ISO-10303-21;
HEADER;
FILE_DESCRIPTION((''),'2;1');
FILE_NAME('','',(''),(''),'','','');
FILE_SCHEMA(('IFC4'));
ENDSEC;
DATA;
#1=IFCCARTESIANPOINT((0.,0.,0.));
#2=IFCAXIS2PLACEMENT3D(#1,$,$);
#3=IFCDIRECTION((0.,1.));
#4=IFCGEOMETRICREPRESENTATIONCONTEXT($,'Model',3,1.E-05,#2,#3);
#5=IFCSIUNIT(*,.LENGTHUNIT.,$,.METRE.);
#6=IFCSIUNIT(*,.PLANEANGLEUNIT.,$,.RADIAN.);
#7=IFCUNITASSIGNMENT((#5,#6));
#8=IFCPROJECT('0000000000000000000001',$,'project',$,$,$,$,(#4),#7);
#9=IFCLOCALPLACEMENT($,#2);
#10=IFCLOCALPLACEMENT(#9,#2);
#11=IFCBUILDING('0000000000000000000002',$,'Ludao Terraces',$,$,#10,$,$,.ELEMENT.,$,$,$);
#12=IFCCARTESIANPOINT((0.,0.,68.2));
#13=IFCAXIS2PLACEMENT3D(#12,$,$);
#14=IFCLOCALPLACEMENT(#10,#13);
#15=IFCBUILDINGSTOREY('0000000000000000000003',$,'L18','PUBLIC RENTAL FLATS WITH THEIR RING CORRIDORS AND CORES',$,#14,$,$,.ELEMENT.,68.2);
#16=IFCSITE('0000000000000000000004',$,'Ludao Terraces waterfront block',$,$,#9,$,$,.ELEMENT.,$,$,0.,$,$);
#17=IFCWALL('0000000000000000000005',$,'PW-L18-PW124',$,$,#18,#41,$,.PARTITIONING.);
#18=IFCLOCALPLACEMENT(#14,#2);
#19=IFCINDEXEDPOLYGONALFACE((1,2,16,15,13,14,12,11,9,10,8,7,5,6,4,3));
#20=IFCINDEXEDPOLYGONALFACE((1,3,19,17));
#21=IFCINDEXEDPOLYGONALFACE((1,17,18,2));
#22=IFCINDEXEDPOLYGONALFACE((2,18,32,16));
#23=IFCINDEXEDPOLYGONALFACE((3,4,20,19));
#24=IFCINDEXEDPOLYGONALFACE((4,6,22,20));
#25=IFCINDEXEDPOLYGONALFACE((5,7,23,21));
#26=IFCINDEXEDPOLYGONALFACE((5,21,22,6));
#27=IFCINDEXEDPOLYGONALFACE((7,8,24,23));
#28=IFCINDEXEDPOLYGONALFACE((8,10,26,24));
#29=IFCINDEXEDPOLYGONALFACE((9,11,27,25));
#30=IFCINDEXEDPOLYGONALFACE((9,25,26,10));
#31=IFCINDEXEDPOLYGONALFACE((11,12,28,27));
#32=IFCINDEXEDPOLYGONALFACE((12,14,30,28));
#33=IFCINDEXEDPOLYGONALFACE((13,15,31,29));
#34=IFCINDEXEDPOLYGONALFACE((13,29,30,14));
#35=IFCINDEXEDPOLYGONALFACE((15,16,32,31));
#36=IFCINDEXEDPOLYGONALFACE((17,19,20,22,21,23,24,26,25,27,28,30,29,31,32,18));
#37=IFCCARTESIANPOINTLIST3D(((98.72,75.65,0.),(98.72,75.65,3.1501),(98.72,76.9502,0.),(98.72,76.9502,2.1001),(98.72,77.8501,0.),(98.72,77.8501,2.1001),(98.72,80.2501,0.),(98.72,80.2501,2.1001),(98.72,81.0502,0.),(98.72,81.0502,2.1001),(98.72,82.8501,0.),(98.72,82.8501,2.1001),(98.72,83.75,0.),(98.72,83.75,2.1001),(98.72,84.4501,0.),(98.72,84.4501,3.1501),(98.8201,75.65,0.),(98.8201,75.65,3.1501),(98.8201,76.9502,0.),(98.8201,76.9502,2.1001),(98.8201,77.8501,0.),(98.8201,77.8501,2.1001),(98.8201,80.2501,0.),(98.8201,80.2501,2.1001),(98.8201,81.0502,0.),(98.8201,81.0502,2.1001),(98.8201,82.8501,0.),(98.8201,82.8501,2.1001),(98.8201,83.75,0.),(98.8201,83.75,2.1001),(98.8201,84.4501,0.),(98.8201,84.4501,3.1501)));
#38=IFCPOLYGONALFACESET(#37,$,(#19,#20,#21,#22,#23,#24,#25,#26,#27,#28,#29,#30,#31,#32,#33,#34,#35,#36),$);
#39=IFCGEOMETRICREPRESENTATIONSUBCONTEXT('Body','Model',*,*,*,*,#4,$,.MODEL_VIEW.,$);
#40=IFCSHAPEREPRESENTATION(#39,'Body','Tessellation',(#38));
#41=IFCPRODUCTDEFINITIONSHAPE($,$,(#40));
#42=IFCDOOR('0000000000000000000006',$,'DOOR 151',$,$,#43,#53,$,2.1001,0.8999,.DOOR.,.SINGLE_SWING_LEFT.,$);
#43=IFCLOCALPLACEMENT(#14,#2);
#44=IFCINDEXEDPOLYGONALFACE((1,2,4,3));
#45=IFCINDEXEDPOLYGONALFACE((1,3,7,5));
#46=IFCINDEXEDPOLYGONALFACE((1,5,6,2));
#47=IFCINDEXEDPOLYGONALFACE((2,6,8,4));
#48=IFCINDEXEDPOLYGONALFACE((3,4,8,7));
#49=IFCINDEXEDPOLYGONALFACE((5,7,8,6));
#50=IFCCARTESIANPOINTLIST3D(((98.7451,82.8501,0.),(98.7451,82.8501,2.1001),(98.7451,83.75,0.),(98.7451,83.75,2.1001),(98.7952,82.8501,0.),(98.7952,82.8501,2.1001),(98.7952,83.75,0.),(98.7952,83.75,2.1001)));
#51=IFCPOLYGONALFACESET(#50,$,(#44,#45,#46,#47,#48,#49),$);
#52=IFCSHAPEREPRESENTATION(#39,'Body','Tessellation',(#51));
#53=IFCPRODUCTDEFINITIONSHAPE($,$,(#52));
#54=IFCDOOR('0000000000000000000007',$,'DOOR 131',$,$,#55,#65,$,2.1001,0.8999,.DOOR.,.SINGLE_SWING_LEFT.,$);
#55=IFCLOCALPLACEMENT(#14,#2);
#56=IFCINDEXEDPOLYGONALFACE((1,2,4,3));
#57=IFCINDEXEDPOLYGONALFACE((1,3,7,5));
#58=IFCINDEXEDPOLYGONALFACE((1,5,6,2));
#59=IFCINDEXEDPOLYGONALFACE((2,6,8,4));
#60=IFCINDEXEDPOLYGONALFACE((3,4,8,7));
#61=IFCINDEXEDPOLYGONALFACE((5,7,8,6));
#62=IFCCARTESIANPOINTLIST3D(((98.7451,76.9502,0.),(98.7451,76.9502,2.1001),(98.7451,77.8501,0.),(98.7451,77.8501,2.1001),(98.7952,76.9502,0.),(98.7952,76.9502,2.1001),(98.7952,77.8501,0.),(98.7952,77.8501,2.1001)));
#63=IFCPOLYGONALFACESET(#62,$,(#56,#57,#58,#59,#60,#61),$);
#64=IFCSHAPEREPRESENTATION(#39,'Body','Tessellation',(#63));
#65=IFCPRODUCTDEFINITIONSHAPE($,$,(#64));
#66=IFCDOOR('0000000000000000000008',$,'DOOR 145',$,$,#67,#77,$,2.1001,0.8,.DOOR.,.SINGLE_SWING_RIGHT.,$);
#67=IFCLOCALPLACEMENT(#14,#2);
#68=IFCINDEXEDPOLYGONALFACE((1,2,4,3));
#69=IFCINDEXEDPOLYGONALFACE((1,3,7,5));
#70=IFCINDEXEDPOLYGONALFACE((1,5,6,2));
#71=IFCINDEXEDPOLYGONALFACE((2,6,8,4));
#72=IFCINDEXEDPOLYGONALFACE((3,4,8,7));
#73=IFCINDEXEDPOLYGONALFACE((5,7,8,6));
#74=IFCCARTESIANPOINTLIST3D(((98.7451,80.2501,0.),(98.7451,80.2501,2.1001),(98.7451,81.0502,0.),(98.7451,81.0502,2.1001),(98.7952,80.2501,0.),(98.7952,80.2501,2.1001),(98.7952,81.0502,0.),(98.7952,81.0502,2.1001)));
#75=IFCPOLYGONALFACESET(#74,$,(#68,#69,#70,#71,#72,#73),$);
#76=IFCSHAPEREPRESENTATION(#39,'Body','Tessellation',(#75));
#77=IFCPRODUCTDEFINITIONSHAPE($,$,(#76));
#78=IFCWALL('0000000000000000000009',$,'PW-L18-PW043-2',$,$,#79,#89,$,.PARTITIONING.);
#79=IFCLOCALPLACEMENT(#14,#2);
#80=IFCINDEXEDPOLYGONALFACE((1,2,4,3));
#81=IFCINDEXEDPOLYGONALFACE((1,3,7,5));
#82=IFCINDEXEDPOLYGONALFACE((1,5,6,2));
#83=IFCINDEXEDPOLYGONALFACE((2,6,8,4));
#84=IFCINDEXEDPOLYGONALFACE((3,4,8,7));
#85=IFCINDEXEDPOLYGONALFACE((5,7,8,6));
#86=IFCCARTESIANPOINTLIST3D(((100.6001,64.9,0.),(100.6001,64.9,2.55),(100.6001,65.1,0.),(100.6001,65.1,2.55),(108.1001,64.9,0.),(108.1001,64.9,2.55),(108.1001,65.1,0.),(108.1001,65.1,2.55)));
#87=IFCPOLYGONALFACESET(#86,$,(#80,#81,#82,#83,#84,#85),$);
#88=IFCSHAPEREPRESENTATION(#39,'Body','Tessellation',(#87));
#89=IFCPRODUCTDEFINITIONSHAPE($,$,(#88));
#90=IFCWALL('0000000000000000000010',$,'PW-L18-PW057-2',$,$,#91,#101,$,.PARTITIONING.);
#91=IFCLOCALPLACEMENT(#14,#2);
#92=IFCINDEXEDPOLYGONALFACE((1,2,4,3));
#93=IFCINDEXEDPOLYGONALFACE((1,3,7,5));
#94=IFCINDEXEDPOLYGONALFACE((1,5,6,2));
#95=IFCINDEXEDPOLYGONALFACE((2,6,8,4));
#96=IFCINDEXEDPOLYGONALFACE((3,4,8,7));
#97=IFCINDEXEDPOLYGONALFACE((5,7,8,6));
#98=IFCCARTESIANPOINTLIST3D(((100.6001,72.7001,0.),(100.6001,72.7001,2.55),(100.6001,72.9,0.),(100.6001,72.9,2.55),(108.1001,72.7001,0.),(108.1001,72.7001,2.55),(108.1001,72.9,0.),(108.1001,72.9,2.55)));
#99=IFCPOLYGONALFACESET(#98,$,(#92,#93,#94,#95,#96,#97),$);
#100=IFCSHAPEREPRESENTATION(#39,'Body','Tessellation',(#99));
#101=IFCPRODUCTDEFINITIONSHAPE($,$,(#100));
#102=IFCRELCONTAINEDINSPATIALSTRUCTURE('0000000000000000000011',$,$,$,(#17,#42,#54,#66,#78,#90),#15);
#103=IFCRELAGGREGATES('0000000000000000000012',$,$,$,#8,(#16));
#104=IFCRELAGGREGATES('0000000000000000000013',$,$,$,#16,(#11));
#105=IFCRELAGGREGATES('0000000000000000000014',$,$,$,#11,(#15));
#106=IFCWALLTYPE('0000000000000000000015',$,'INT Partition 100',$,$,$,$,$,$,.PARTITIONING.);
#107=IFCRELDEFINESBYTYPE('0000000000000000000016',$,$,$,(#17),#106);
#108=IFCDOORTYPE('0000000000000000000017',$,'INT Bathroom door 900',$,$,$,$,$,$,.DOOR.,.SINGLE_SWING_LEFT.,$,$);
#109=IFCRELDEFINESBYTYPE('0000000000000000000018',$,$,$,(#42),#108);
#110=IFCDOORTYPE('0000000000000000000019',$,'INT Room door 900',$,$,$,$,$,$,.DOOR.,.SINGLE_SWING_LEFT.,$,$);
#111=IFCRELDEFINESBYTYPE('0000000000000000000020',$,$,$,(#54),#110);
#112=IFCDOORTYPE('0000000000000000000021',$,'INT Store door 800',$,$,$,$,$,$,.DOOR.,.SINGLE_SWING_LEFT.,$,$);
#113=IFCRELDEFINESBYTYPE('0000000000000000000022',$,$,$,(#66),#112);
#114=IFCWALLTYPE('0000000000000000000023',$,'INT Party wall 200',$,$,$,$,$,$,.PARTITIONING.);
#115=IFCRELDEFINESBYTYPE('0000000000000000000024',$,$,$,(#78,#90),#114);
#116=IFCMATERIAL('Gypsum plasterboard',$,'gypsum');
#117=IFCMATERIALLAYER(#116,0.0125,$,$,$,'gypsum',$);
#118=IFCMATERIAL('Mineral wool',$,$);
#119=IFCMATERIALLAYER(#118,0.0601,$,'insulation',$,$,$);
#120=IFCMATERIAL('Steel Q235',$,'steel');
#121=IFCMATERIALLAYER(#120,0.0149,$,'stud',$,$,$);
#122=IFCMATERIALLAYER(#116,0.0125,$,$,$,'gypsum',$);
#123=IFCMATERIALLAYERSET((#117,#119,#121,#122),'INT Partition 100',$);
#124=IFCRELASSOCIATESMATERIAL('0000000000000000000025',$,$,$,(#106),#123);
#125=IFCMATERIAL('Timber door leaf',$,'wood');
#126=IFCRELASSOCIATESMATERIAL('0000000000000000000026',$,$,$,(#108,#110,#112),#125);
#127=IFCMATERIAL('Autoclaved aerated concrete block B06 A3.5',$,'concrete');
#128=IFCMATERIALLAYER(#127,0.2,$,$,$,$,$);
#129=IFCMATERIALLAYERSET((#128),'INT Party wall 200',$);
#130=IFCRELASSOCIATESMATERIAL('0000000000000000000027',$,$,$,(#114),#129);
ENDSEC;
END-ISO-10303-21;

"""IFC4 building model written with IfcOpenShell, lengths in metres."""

from ifc_helpers import new_model, si_unit, direction, frame, frame_2d, origin, place, context, subcontext, project, spatial, rectangle, extrude, material, layer, layer_set, type_object, element, fill, save


model = new_model("IFC4")

# Units and contexts
model_context = context("Model", 3, precision=1e-05, world=origin(), true_north=direction((0.0, 1.0)))
body_context = subcontext(model_context, "Body", "Model", "MODEL_VIEW")
ifc_project = project(units=[si_unit("LENGTHUNIT", "METRE"), si_unit("PLANEANGLEUNIT", "RADIAN")], contexts=[model_context])

# Site, building, storey
site_placement = place(None, origin())
site = spatial("IfcSite", under=ifc_project, at=site_placement, Name="Ludao Terraces waterfront block", CompositionType="ELEMENT", RefElevation=0.0)
building_placement = place(site_placement, origin())
building = spatial("IfcBuilding", under=site, at=building_placement, Name="Ludao Terraces", CompositionType="ELEMENT")
storey_placement = place(building_placement, frame((0.0, 0.0, 68.2)))
storey = spatial("IfcBuildingStorey", under=building, at=storey_placement, Name="L18", Description="PUBLIC RENTAL FLATS WITH THEIR RING CORRIDORS AND CORES", CompositionType="ELEMENT", Elevation=68.2)

# Shared definitions
ifc_material_1 = material(Name="Gypsum plasterboard", Category="gypsum")
ifc_layer_1 = layer(ifc_material_1, 0.0125, Category="gypsum")
ifc_material_2 = material(Name="Mineral wool")
ifc_layer_2 = layer(ifc_material_2, 0.0601, Name="insulation")
ifc_material_3 = material(Name="Steel Q235", Category="steel")
ifc_layer_3 = layer(ifc_material_3, 0.0149, Name="stud")
ifc_layer_4 = layer(ifc_material_1, 0.0125, Category="gypsum")
ifc_layer_set_1 = layer_set([ifc_layer_1, ifc_layer_2, ifc_layer_3, ifc_layer_4], Name="INT Partition 100")
wall_type_1 = type_object("IfcWallType", Name="INT Partition 100", PredefinedType="PARTITIONING", material=ifc_layer_set_1)

# Wall, openings, doors
ifc_material_4 = material(Name="Timber door leaf", Category="wood")
door_type_1 = type_object("IfcDoorType", Name="INT Bathroom door 900", OperationType="SINGLE_SWING_LEFT", PredefinedType="DOOR", material=ifc_material_4)
wall_1_placement = place(storey_placement, frame((98.77, 75.6501, 0.0), z_axis=(0.0, 0.0, 1.0), x_axis=(0.0, 1.0, 0.0)))
wall_1 = element("IfcWall", 1, at=wall_1_placement, inside=storey, type_object=wall_type_1, Name="PW-L18-PW124", PredefinedType="PARTITIONING", context=body_context, shape_type="SweptSolid", body=[
    extrude(rectangle(XDim=8.8, YDim=0.1001, at=frame_2d((4.3999, 0.0))), origin(), (0.0, 0.0, 1.0), 3.1501),
])
opening_1_placement = place(wall_1_placement, frame((1.3, 0.0, 0.0)))
opening_1 = element("IfcOpeningElement", 2, at=opening_1_placement, cuts=wall_1, PredefinedType="OPENING", context=body_context, shape_type="SweptSolid", body=[
    extrude(rectangle(XDim=0.8999, YDim=2.1001, at=frame_2d((0.45, 1.05))), frame((0.0, 0.0601, 0.0), z_axis=(0.0, -1.0, 0.0), x_axis=(1.0, 0.0, 0.0)), (0.0, 0.0, 1.0), 0.1201),
])
opening_2_placement = place(wall_1_placement, frame((4.6001, 0.0, 0.0)))
opening_2 = element("IfcOpeningElement", 3, at=opening_2_placement, cuts=wall_1, PredefinedType="OPENING", context=body_context, shape_type="SweptSolid", body=[
    extrude(rectangle(XDim=0.8, YDim=2.1001, at=frame_2d((0.3999, 1.05))), frame((0.0, 0.0601, 0.0), z_axis=(0.0, -1.0, 0.0), x_axis=(1.0, 0.0, 0.0)), (0.0, 0.0, 1.0), 0.1201),
])
opening_3_placement = place(wall_1_placement, frame((7.2, 0.0, 0.0)))
opening_3 = element("IfcOpeningElement", 4, at=opening_3_placement, cuts=wall_1, PredefinedType="OPENING", context=body_context, shape_type="SweptSolid", body=[
    extrude(rectangle(XDim=0.8999, YDim=2.1001, at=frame_2d((0.45, 1.05))), frame((0.0, 0.0601, 0.0), z_axis=(0.0, -1.0, 0.0), x_axis=(1.0, 0.0, 0.0)), (0.0, 0.0, 1.0), 0.1201),
])
door_1_placement = place(opening_3_placement, origin())
door_1 = element("IfcDoor", 5, at=door_1_placement, inside=storey, type_object=door_type_1, Name="DOOR 151", OperationType="SINGLE_SWING_LEFT", OverallHeight=2.1001, OverallWidth=0.8999, PredefinedType="DOOR", context=body_context, shape_type="SweptSolid", body=[
    extrude(rectangle(XDim=0.8999, YDim=2.1001, at=frame_2d((0.45, 1.05))), frame((0.0, 0.0249, 0.0), z_axis=(0.0, -1.0, 0.0), x_axis=(1.0, 0.0, 0.0)), (0.0, 0.0, 1.0), 0.05),
])
fill(opening_3, door_1)
door_type_2 = type_object("IfcDoorType", Name="INT Room door 900", OperationType="SINGLE_SWING_LEFT", PredefinedType="DOOR", material=ifc_material_4)
door_2_placement = place(opening_1_placement, origin())
door_2 = element("IfcDoor", 6, at=door_2_placement, inside=storey, type_object=door_type_2, Name="DOOR 131", OperationType="SINGLE_SWING_LEFT", OverallHeight=2.1001, OverallWidth=0.8999, PredefinedType="DOOR", context=body_context, shape_type="SweptSolid", body=[
    extrude(rectangle(XDim=0.8999, YDim=2.1001, at=frame_2d((0.45, 1.05))), frame((0.0, 0.0249, 0.0), z_axis=(0.0, -1.0, 0.0), x_axis=(1.0, 0.0, 0.0)), (0.0, 0.0, 1.0), 0.05),
])
fill(opening_1, door_2)
door_type_3 = type_object("IfcDoorType", Name="INT Store door 800", OperationType="SINGLE_SWING_LEFT", PredefinedType="DOOR", material=ifc_material_4)
door_3_placement = place(opening_2_placement, origin())
door_3 = element("IfcDoor", 7, at=door_3_placement, inside=storey, type_object=door_type_3, Name="DOOR 145", OperationType="SINGLE_SWING_RIGHT", OverallHeight=2.1001, OverallWidth=0.8, PredefinedType="DOOR", context=body_context, shape_type="SweptSolid", body=[
    extrude(rectangle(XDim=0.8, YDim=2.1001, at=frame_2d((0.3999, 1.05))), frame((0.0, 0.0249, 0.0), z_axis=(0.0, -1.0, 0.0), x_axis=(1.0, 0.0, 0.0)), (0.0, 0.0, 1.0), 0.05),
])
fill(opening_2, door_3)

# Walls
ifc_material_5 = material(Name="Autoclaved aerated concrete block B06 A3.5", Category="concrete")
ifc_layer_5 = layer(ifc_material_5, 0.2)
ifc_layer_set_2 = layer_set([ifc_layer_5], Name="INT Party wall 200")
wall_type_2 = type_object("IfcWallType", Name="INT Party wall 200", PredefinedType="PARTITIONING", material=ifc_layer_set_2)
for number, where, z_axis, x_axis, name in (
    (8, (100.6001, 65.0, 0.0), (0.0, 0.0, 1.0), (1.0, 0.0, 0.0), "PW-L18-PW043-2"),
    (9, (100.6001, 72.8, 0.0), (0.0, 0.0, 1.0), (1.0, 0.0, 0.0), "PW-L18-PW057-2"),
):
    element("IfcWall", number, at=place(storey_placement, frame(where, z_axis=z_axis, x_axis=x_axis)), inside=storey, type_object=wall_type_2, Name=name, PredefinedType="PARTITIONING", context=body_context, shape_type="SweptSolid", body=[
        extrude(rectangle(XDim=7.5, YDim=0.2, at=frame_2d((3.75, 0.0))), origin(), (0.0, 0.0, 1.0), 2.55),
    ])

save(model, "model.ifc")
